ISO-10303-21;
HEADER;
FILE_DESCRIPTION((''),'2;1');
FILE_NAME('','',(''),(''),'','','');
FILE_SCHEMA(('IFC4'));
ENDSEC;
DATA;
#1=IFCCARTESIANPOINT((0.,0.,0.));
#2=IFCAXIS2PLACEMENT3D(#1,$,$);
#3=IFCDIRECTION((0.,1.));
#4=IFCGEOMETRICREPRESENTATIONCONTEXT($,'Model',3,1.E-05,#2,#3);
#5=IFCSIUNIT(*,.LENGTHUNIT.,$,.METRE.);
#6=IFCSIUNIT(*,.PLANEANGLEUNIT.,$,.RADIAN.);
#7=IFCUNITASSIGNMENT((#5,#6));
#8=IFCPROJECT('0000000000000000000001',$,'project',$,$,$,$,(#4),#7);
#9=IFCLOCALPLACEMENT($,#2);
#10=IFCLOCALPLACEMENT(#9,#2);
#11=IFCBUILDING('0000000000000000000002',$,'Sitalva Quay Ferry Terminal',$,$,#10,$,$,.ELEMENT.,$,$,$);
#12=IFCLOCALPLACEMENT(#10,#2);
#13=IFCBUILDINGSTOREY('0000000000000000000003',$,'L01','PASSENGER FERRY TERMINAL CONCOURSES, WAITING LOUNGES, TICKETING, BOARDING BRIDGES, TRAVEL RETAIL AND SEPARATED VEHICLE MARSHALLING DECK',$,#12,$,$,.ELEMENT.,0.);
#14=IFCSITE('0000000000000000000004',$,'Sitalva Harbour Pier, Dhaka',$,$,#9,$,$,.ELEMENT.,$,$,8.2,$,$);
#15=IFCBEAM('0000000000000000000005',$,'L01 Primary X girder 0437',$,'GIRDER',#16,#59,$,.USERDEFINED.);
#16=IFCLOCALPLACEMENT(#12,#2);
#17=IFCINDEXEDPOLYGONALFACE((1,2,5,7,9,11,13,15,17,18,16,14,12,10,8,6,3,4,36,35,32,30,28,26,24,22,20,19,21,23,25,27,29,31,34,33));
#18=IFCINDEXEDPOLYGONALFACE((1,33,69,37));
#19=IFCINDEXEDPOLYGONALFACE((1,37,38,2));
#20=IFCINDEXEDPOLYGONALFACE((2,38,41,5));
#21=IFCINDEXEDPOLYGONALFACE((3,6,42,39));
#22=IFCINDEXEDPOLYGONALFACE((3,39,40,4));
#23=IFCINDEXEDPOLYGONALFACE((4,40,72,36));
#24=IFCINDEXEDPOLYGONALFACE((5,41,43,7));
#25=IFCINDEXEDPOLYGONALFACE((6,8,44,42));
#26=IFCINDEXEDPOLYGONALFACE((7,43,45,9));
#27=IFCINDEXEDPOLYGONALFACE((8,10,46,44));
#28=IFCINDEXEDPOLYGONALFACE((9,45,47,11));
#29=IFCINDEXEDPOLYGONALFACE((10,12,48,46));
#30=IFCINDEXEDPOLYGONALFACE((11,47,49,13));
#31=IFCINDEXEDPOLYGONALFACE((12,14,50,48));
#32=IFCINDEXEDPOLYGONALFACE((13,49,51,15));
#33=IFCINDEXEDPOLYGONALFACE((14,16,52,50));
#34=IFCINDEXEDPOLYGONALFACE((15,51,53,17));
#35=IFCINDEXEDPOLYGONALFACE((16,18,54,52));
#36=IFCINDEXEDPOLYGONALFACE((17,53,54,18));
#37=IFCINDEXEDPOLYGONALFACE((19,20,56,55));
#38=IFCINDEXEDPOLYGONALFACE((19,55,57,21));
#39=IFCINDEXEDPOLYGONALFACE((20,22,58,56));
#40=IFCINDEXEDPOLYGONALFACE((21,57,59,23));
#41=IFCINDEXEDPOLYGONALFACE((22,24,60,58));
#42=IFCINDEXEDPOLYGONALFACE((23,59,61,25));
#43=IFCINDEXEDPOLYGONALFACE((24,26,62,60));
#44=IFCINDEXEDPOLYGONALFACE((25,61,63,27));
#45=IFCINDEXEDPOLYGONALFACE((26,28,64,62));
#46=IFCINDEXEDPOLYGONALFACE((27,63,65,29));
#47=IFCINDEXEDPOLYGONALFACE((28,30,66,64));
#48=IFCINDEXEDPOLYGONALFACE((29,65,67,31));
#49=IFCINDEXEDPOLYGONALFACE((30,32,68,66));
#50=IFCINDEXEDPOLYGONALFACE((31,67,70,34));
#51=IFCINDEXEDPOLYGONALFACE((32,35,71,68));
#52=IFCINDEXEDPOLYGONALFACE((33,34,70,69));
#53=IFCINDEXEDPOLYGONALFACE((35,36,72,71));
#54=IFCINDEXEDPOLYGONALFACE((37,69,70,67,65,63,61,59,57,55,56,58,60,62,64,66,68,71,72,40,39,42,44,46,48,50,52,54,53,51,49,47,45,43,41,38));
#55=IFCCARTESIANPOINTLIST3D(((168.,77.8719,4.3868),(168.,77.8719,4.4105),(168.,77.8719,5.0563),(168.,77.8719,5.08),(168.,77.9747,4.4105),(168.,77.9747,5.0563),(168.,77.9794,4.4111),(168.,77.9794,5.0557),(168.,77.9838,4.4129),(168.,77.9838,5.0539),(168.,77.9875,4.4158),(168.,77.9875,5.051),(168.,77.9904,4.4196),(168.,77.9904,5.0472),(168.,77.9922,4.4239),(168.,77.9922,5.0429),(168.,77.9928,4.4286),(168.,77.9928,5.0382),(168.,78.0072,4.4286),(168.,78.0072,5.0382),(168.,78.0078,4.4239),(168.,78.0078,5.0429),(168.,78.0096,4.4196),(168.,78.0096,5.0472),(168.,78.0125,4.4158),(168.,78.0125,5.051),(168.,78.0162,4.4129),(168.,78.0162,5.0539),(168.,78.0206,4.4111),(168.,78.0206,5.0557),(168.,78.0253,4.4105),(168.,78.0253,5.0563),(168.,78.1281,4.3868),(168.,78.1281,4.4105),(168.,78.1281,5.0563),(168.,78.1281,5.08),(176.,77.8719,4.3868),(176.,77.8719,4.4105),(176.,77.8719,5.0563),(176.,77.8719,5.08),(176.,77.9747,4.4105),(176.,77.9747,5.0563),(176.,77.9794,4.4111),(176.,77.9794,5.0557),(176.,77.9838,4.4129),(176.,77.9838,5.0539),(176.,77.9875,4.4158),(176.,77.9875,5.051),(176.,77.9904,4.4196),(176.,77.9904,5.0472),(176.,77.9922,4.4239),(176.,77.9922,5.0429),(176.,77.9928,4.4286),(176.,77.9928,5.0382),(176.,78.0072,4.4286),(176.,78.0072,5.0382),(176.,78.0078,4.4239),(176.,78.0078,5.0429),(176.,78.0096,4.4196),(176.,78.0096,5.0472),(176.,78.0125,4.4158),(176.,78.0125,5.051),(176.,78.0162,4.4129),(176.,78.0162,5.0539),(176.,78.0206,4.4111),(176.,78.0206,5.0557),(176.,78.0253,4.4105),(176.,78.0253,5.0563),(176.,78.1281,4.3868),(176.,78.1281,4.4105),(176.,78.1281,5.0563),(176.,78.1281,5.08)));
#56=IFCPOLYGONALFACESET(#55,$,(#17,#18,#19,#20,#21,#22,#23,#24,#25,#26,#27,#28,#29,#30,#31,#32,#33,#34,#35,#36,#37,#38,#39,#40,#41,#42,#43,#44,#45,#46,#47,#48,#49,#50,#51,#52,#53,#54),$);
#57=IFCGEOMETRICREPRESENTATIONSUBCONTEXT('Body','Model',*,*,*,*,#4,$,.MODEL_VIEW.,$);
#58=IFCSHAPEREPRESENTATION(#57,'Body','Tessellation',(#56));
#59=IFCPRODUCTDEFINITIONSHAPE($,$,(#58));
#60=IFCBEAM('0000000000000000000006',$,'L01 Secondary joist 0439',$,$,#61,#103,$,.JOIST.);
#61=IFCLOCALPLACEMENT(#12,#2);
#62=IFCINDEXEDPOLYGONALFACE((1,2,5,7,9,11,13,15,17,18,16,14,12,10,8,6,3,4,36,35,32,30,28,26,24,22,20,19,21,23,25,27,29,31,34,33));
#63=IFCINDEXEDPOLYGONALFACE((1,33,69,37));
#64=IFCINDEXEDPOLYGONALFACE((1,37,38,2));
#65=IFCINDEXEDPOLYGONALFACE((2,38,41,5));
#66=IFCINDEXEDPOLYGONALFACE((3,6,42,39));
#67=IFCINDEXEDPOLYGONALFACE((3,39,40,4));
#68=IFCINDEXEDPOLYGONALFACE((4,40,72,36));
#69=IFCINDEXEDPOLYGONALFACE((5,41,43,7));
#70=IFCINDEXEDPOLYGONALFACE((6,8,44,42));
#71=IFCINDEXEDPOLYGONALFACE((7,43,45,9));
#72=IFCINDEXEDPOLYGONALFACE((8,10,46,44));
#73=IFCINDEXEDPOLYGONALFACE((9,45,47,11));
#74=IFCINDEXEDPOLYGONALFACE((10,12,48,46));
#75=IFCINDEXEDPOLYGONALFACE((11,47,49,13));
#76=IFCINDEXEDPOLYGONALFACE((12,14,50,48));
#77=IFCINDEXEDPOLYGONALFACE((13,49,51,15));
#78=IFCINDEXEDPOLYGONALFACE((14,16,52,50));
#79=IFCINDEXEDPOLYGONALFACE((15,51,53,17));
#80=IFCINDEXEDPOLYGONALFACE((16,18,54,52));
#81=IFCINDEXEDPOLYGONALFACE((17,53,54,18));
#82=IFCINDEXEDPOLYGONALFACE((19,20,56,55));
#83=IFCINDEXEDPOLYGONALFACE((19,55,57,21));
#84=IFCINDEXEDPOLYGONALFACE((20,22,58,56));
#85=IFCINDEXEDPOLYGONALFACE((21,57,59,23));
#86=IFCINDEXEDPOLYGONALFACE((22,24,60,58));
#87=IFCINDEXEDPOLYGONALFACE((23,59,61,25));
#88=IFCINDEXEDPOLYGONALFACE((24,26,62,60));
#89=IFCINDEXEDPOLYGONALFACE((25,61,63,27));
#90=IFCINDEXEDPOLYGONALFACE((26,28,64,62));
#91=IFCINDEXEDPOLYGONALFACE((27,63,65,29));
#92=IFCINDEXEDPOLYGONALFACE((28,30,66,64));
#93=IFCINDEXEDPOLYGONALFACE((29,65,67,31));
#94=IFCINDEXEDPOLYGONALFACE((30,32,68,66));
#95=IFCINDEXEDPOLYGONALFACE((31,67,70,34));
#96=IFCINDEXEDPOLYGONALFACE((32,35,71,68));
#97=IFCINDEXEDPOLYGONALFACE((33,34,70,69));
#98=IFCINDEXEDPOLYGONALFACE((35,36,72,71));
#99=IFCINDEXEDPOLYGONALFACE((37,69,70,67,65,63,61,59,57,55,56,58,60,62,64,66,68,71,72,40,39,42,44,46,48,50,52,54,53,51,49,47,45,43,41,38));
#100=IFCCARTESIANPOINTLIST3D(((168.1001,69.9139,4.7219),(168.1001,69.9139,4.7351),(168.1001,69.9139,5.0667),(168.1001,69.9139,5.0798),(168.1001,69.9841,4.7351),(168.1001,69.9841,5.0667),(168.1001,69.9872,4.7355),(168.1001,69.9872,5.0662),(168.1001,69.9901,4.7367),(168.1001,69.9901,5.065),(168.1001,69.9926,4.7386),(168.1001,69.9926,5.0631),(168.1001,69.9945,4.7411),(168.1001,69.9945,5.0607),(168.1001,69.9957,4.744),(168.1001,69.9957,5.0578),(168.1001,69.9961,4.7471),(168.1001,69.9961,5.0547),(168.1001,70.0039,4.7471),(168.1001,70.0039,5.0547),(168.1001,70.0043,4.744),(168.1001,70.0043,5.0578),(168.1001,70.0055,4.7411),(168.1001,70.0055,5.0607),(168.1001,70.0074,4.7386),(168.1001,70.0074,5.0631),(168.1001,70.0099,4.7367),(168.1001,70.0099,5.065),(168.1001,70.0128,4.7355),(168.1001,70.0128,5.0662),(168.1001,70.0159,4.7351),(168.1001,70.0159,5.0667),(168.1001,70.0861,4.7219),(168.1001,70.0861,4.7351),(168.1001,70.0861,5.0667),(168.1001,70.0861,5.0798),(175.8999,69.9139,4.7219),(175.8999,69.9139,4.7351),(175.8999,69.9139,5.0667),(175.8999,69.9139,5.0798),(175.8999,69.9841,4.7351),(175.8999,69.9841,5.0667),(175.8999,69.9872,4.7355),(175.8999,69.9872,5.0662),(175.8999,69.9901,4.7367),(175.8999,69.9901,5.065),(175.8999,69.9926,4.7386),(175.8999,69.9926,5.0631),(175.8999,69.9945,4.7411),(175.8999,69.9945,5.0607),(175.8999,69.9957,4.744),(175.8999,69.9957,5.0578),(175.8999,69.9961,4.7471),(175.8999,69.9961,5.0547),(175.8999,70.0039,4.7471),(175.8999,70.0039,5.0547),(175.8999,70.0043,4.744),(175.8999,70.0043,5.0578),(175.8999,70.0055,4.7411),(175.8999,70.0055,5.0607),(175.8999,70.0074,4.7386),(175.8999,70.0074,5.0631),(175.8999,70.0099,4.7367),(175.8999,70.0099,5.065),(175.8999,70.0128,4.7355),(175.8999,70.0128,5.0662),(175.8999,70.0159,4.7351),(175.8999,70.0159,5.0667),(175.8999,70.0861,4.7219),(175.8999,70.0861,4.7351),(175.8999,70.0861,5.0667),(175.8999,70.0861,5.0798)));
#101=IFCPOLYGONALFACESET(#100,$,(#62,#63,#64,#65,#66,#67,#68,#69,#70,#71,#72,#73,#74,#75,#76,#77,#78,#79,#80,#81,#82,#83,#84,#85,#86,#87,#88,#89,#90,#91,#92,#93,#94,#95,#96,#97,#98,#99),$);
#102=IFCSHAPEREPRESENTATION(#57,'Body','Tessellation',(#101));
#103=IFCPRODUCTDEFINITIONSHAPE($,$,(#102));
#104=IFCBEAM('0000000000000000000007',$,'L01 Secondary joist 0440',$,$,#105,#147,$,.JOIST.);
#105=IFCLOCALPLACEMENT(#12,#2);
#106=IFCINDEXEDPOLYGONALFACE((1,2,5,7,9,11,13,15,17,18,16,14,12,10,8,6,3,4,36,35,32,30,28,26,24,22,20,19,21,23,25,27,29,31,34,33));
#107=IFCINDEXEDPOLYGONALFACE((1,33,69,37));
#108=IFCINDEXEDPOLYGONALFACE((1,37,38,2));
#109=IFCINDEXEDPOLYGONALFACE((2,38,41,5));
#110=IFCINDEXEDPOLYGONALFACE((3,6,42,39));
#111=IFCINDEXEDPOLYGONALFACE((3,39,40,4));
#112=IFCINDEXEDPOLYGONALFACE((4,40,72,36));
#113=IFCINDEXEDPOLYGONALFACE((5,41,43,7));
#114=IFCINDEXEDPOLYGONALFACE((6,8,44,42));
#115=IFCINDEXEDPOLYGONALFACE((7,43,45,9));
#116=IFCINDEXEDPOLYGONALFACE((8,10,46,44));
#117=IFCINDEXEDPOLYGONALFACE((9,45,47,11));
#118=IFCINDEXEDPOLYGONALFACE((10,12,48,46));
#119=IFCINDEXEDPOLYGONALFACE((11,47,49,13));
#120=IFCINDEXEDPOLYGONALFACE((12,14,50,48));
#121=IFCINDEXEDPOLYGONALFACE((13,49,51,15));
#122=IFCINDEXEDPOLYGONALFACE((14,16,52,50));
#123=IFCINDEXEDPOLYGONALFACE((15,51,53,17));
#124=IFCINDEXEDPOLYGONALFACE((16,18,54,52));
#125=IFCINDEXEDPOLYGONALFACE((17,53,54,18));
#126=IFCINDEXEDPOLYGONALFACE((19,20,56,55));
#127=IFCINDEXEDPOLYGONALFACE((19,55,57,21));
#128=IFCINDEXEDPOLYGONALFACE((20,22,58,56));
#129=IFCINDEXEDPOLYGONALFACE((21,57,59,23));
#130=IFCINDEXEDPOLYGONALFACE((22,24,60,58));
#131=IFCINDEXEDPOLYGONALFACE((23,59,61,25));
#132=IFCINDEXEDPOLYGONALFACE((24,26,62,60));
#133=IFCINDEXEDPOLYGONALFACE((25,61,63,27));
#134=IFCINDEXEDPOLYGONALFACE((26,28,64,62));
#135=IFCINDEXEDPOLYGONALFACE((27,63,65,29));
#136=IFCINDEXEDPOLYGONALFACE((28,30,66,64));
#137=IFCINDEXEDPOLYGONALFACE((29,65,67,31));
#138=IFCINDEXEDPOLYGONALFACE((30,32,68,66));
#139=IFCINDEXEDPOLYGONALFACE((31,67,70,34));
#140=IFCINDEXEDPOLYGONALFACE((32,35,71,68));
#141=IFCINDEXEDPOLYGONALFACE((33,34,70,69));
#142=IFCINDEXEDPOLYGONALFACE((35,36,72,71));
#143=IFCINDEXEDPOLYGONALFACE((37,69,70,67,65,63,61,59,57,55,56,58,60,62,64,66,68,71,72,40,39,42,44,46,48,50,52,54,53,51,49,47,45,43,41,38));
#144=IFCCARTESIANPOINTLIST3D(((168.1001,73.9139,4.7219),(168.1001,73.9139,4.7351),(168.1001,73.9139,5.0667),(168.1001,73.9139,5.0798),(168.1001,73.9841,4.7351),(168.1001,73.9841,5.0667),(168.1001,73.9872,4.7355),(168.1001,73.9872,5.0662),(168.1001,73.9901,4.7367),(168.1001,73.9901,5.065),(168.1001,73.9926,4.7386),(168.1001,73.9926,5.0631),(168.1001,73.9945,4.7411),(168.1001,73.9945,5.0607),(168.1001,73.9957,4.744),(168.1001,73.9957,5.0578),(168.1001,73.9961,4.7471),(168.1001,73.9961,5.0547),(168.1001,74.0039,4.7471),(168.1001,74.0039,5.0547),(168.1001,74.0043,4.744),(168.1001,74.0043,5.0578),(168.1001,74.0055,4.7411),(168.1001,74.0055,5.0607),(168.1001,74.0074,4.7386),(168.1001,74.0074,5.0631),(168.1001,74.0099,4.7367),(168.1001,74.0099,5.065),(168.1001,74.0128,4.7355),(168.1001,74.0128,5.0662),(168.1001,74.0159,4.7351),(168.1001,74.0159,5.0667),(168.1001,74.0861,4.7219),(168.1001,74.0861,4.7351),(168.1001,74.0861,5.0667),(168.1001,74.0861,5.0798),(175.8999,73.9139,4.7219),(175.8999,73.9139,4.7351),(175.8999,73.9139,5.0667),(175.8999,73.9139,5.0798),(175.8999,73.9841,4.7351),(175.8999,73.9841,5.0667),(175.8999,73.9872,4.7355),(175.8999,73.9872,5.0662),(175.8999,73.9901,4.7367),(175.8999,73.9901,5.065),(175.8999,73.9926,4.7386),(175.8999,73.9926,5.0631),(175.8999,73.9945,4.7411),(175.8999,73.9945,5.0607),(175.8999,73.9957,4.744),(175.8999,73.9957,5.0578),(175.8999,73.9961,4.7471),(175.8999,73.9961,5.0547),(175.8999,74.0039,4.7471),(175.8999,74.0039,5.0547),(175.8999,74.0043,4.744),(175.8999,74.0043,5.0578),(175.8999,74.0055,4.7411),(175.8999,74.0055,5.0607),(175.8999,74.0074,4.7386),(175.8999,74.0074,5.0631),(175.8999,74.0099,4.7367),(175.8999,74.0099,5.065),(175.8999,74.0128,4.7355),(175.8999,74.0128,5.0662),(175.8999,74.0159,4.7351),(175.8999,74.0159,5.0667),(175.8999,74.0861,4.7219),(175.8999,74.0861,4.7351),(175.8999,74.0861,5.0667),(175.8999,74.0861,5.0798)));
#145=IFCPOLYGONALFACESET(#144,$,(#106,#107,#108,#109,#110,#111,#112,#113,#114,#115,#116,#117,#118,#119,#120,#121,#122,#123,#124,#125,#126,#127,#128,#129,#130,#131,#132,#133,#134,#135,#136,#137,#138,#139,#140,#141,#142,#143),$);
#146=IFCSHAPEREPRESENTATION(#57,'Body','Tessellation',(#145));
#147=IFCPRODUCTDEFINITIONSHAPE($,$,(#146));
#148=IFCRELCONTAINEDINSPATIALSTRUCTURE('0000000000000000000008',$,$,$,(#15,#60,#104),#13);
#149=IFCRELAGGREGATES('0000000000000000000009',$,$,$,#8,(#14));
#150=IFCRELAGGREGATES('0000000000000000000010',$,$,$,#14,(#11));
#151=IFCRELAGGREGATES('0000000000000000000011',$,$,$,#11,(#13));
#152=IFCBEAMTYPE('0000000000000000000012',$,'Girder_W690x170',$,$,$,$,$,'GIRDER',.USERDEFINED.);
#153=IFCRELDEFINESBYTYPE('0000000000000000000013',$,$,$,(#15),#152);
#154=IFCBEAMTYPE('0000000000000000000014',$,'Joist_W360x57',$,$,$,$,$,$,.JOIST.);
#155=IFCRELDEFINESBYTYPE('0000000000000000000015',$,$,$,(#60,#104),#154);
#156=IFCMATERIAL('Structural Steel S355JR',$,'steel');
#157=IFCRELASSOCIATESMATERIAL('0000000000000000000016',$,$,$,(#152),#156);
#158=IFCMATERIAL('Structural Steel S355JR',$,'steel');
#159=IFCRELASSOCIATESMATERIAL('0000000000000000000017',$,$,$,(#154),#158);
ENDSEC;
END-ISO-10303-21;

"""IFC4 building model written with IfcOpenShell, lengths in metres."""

from ifc_helpers import new_model, si_unit, direction, frame, origin, origin_2d, place, context, subcontext, project, spatial, i_section, extrude, material, material_profile, profile_set, type_object, element, save


model = new_model("IFC4")

# Units and contexts
model_context = context("Model", 3, precision=1e-05, world=origin(), true_north=direction((0.0, 1.0)))
body_context = subcontext(model_context, "Body", "Model", "MODEL_VIEW")
ifc_project = project(units=[si_unit("LENGTHUNIT", "METRE"), si_unit("PLANEANGLEUNIT", "RADIAN")], contexts=[model_context])

# Site, building, storey
site_placement = place(None, origin())
site = spatial("IfcSite", under=ifc_project, at=site_placement, Name="Sitalva Harbour Pier, Dhaka", CompositionType="ELEMENT", RefElevation=8.2)
building_placement = place(site_placement, origin())
building = spatial("IfcBuilding", under=site, at=building_placement, Name="Sitalva Quay Ferry Terminal", CompositionType="ELEMENT")
storey_placement = place(building_placement, origin())
storey = spatial("IfcBuildingStorey", under=building, at=storey_placement, Name="L01", Description="PASSENGER FERRY TERMINAL CONCOURSES, WAITING LOUNGES, TICKETING, BOARDING BRIDGES, TRAVEL RETAIL AND SEPARATED VEHICLE MARSHALLING DECK", CompositionType="ELEMENT", Elevation=0.0)

# Beams
ifc_material_1 = material(Name="Structural Steel S355JR", Category="steel")
ifc_material_profile_1 = material_profile(ifc_material_1, i_section(OverallWidth=0.2561, OverallDepth=0.6931, WebThickness=0.0144, FlangeThickness=0.0237, FilletRadius=0.0181, at=origin_2d()), Name="W690x170")
ifc_profile_set_1 = profile_set([ifc_material_profile_1], Name="Structural Steel S355JR")
beam_type_1 = type_object("IfcBeamType", Name="Girder_W690x170", ElementType="GIRDER", PredefinedType="USERDEFINED", material=ifc_profile_set_1)
for number, where, z_axis, x_axis, name in (
    (1, (168.0, 78.0, 4.7334), (1.0, 0.0, 0.0), (0.0, 1.0, 0.0), "L01 Primary X girder 0437"),
):
    element("IfcBeam", number, at=place(storey_placement, frame(where, z_axis=z_axis, x_axis=x_axis)), inside=storey, type_object=beam_type_1, Name=name, ObjectType="GIRDER", PredefinedType="USERDEFINED", context=body_context, shape_type="SweptSolid", body=[
        extrude(i_section(OverallWidth=0.2561, OverallDepth=0.6931, WebThickness=0.0144, FlangeThickness=0.0237, FilletRadius=0.0181, at=origin_2d()), origin(), (0.0, 0.0, 1.0), 8.0),
    ])
ifc_material_2 = material(Name="Structural Steel S355JR", Category="steel")
ifc_material_profile_2 = material_profile(ifc_material_2, i_section(OverallWidth=0.1721, OverallDepth=0.3579, WebThickness=0.0078, FlangeThickness=0.0132, FilletRadius=0.012, at=origin_2d()), Name="W360x57")
ifc_profile_set_2 = profile_set([ifc_material_profile_2], Name="Structural Steel S355JR")
beam_type_2 = type_object("IfcBeamType", Name="Joist_W360x57", PredefinedType="JOIST", material=ifc_profile_set_2)
for number, where, z_axis, x_axis, name in (
    (2, (168.1001, 70.0, 4.9009), (1.0, 0.0, 0.0), (0.0, 1.0, 0.0), "L01 Secondary joist 0439"),
    (3, (168.1001, 74.0, 4.9009), (1.0, 0.0, 0.0), (0.0, 1.0, 0.0), "L01 Secondary joist 0440"),
):
    element("IfcBeam", number, at=place(storey_placement, frame(where, z_axis=z_axis, x_axis=x_axis)), inside=storey, type_object=beam_type_2, Name=name, PredefinedType="JOIST", context=body_context, shape_type="SweptSolid", body=[
        extrude(i_section(OverallWidth=0.1721, OverallDepth=0.3579, WebThickness=0.0078, FlangeThickness=0.0132, FilletRadius=0.012, at=origin_2d()), origin(), (0.0, 0.0, 1.0), 7.7998),
    ])

save(model, "model.ifc")
